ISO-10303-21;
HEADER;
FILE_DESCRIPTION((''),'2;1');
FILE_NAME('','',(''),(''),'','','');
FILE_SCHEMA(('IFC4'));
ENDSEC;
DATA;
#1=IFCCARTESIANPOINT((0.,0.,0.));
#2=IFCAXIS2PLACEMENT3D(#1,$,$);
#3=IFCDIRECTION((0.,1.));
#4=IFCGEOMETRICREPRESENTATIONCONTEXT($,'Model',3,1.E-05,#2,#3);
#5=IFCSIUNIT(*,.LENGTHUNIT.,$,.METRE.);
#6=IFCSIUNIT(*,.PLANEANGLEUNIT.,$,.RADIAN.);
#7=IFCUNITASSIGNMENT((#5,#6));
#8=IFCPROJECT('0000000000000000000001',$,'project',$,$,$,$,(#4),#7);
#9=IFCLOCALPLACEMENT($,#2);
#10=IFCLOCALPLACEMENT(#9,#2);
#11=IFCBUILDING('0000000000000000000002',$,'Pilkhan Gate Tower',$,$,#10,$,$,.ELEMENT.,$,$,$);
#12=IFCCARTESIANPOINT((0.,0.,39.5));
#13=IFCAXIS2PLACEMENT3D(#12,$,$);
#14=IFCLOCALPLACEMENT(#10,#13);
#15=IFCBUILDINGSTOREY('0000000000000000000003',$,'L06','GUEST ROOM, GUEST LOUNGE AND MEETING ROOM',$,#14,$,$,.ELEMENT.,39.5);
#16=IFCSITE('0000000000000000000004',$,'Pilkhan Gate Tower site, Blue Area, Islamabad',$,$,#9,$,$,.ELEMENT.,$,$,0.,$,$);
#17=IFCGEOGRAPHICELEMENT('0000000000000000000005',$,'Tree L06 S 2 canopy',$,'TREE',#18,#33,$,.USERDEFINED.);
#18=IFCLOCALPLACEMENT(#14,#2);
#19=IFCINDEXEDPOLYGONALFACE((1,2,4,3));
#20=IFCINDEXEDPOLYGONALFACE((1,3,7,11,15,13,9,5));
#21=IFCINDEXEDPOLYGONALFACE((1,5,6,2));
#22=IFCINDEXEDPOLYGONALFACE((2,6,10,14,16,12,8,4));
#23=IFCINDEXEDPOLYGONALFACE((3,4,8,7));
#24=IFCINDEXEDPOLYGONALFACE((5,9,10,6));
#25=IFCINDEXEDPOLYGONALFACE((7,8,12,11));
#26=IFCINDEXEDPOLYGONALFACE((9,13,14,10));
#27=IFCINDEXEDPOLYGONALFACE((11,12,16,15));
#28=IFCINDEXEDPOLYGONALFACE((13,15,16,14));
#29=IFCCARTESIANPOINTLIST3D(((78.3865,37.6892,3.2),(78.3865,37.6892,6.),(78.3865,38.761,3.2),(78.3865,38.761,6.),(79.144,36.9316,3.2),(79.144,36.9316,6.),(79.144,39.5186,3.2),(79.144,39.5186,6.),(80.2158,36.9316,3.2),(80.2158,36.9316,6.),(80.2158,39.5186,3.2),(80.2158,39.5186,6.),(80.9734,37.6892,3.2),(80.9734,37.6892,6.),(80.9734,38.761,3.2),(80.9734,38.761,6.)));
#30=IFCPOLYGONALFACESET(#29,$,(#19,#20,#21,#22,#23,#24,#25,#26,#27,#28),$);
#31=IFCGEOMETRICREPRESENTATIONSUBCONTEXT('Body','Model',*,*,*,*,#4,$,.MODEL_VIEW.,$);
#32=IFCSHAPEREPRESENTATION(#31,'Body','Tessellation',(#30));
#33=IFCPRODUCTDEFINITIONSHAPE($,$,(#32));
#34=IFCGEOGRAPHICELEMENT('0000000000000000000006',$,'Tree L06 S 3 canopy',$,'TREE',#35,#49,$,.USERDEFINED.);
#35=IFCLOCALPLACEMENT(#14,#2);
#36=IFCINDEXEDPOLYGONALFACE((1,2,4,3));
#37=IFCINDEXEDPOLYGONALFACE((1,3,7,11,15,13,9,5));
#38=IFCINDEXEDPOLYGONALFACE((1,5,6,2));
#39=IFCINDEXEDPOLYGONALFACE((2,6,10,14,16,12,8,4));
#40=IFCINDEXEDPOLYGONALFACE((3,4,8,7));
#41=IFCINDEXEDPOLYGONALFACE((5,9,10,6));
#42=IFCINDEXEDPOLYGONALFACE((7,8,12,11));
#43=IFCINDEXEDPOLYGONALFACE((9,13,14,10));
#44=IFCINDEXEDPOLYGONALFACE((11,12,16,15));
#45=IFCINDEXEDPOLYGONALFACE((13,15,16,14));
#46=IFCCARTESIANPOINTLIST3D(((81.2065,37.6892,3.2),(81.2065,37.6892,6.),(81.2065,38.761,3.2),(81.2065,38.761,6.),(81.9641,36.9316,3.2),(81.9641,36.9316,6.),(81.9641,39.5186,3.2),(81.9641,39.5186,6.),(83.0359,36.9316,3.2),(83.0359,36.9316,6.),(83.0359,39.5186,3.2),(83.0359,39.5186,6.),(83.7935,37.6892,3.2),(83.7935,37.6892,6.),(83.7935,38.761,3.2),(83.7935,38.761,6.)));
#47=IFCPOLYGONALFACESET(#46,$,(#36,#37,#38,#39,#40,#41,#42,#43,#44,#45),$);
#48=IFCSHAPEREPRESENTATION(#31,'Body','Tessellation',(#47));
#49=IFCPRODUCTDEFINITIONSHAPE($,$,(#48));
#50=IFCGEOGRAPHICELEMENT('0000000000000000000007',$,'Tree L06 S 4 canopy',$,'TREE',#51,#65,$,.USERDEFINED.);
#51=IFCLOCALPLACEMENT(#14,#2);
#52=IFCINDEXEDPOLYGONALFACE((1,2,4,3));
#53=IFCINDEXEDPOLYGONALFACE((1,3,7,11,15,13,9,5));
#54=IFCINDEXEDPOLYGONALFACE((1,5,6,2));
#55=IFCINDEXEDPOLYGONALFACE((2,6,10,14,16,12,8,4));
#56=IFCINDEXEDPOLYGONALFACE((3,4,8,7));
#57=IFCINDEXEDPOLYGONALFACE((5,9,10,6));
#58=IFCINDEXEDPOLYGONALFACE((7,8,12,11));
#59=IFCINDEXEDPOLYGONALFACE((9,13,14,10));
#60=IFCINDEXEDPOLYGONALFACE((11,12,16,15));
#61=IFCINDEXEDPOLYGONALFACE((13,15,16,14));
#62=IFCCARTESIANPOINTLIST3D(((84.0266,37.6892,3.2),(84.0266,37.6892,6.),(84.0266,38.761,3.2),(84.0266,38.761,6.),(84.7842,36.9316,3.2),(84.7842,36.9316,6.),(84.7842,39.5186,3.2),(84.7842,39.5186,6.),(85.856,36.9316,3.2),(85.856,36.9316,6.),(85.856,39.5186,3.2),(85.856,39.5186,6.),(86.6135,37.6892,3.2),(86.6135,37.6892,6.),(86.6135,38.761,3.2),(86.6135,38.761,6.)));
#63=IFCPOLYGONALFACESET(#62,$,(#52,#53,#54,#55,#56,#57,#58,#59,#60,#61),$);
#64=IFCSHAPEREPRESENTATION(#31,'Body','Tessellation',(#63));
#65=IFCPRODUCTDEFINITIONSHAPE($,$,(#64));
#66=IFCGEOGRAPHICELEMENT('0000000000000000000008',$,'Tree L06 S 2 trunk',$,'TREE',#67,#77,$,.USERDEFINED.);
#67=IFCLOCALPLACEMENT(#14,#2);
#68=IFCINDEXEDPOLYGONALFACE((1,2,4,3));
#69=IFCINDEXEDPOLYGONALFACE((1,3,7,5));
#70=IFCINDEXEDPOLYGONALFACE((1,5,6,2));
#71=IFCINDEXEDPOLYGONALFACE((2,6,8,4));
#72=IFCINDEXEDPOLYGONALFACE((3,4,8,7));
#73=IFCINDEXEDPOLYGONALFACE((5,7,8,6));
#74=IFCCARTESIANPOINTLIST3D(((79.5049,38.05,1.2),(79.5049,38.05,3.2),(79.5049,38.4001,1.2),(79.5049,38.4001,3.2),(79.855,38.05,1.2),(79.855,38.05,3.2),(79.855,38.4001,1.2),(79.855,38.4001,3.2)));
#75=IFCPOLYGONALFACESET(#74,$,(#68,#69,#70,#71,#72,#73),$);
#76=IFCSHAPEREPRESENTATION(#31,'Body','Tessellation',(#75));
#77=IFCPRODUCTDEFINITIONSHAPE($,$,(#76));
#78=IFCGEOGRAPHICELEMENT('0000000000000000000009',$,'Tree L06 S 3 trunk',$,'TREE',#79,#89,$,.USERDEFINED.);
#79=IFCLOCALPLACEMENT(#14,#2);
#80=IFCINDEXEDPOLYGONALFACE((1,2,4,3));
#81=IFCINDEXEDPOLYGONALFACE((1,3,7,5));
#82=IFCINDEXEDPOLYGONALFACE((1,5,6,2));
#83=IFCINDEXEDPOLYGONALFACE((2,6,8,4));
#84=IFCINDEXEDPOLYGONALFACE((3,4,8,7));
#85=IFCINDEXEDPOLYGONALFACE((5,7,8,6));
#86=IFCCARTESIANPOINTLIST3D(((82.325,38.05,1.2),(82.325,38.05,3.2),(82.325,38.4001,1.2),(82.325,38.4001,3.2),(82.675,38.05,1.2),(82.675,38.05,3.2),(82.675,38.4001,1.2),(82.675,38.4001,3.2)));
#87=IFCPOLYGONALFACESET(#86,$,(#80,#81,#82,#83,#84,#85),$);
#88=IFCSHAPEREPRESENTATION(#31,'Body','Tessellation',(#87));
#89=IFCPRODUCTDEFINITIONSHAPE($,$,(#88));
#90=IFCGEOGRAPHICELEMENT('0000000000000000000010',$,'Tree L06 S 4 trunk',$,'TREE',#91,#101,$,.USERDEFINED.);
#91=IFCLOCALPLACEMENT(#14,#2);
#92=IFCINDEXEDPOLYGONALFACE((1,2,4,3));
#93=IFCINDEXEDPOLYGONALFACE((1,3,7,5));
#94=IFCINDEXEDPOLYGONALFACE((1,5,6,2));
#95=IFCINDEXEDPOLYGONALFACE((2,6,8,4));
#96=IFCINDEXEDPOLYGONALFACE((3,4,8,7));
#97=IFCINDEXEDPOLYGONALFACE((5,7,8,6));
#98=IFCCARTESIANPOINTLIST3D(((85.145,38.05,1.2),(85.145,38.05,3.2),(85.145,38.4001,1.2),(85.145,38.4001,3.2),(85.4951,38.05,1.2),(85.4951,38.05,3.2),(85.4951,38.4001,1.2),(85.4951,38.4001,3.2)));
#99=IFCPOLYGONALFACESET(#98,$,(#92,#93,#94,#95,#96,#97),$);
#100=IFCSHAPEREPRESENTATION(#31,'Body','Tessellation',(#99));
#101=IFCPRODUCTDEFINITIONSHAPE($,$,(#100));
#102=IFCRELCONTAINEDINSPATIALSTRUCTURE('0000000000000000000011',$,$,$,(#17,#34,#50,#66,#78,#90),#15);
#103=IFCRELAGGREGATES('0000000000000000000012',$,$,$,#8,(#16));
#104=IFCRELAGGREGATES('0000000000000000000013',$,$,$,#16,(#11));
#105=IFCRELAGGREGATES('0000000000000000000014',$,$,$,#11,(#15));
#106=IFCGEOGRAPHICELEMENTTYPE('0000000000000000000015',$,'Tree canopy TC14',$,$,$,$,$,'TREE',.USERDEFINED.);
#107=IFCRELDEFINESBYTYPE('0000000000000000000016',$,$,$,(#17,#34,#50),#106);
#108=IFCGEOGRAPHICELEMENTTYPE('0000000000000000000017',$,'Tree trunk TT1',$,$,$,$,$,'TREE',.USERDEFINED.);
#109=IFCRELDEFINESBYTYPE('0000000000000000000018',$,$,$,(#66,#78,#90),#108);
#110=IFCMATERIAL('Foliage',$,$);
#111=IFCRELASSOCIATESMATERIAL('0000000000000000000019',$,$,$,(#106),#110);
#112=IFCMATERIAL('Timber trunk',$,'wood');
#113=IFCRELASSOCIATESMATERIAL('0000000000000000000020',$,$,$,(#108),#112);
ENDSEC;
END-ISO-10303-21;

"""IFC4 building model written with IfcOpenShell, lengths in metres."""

from ifc_helpers import new_model, si_unit, direction, frame, origin, origin_2d, place, context, subcontext, project, spatial, polyline, rectangle, outline, extrude, material, material_profile, profile_set, type_object, element, save


model = new_model("IFC4")

# Units and contexts
model_context = context("Model", 3, precision=1e-05, world=origin(), true_north=direction((0.0, 1.0)))
body_context = subcontext(model_context, "Body", "Model", "MODEL_VIEW")
ifc_project = project(units=[si_unit("LENGTHUNIT", "METRE"), si_unit("PLANEANGLEUNIT", "RADIAN")], contexts=[model_context])

# Site, building, storey
site_placement = place(None, origin())
site = spatial("IfcSite", under=ifc_project, at=site_placement, Name="Pilkhan Gate Tower site, Blue Area, Islamabad", CompositionType="ELEMENT", RefElevation=0.0)
building_placement = place(site_placement, origin())
building = spatial("IfcBuilding", under=site, at=building_placement, Name="Pilkhan Gate Tower", CompositionType="ELEMENT")
storey_placement = place(building_placement, frame((0.0, 0.0, 39.5)))
storey = spatial("IfcBuildingStorey", under=building, at=storey_placement, Name="L06", Description="GUEST ROOM, GUEST LOUNGE AND MEETING ROOM", CompositionType="ELEMENT", Elevation=39.5)

# Geographic elements
ifc_material_1 = material(Name="Foliage")
ifc_material_profile_1 = material_profile(ifc_material_1, outline(polyline([(1.2935, 0.5359), (0.5359, 1.2935), (-0.5359, 1.2935), (-1.2935, 0.5359), (-1.2935, -0.5359), (-0.5359, -1.2935), (0.5359, -1.2935), (1.2935, -0.5359), (1.2935, 0.5359)])), Name="Canopy D2.8")
ifc_profile_set_1 = profile_set([ifc_material_profile_1], Name="Foliage")
geographic_element_type_1 = type_object("IfcGeographicElementType", Name="Tree canopy TC14", ElementType="TREE", PredefinedType="USERDEFINED", material=ifc_profile_set_1)
for number, where, z_axis, x_axis, name in (
    (1, (79.6799, 38.2251, 3.2), (0.0, 0.0, 1.0), (1.0, 0.0, 0.0), "Tree L06 S 2 canopy"),
    (2, (82.5, 38.2251, 3.2), (0.0, 0.0, 1.0), (1.0, 0.0, 0.0), "Tree L06 S 3 canopy"),
    (3, (85.3201, 38.2251, 3.2), (0.0, 0.0, 1.0), (1.0, 0.0, 0.0), "Tree L06 S 4 canopy"),
):
    element("IfcGeographicElement", number, at=place(storey_placement, frame(where, z_axis=z_axis, x_axis=x_axis)), inside=storey, type_object=geographic_element_type_1, Name=name, ObjectType="TREE", PredefinedType="USERDEFINED", context=body_context, shape_type="SweptSolid", body=[
        extrude(outline(polyline([(1.2935, 0.5359), (0.5359, 1.2935), (-0.5359, 1.2935), (-1.2935, 0.5359), (-1.2935, -0.5359), (-0.5359, -1.2935), (0.5359, -1.2935), (1.2935, -0.5359), (1.2935, 0.5359)])), origin(), (0.0, 0.0, 1.0), 2.8),
    ])
ifc_material_2 = material(Name="Timber trunk", Category="wood")
geographic_element_type_2 = type_object("IfcGeographicElementType", Name="Tree trunk TT1", ElementType="TREE", PredefinedType="USERDEFINED", material=ifc_material_2)
for number, where, z_axis, x_axis, name in (
    (4, (79.6799, 38.2251, 1.2), (0.0, 0.0, 1.0), (1.0, 0.0, 0.0), "Tree L06 S 2 trunk"),
    (5, (82.5, 38.2251, 1.2), (0.0, 0.0, 1.0), (1.0, 0.0, 0.0), "Tree L06 S 3 trunk"),
    (6, (85.3201, 38.2251, 1.2), (0.0, 0.0, 1.0), (1.0, 0.0, 0.0), "Tree L06 S 4 trunk"),
):
    element("IfcGeographicElement", number, at=place(storey_placement, frame(where, z_axis=z_axis, x_axis=x_axis)), inside=storey, type_object=geographic_element_type_2, Name=name, ObjectType="TREE", PredefinedType="USERDEFINED", context=body_context, shape_type="SweptSolid", body=[
        extrude(rectangle(XDim=0.3501, YDim=0.3501, at=origin_2d()), origin(), (0.0, 0.0, 1.0), 2.0),
    ])

save(model, "model.ifc")
